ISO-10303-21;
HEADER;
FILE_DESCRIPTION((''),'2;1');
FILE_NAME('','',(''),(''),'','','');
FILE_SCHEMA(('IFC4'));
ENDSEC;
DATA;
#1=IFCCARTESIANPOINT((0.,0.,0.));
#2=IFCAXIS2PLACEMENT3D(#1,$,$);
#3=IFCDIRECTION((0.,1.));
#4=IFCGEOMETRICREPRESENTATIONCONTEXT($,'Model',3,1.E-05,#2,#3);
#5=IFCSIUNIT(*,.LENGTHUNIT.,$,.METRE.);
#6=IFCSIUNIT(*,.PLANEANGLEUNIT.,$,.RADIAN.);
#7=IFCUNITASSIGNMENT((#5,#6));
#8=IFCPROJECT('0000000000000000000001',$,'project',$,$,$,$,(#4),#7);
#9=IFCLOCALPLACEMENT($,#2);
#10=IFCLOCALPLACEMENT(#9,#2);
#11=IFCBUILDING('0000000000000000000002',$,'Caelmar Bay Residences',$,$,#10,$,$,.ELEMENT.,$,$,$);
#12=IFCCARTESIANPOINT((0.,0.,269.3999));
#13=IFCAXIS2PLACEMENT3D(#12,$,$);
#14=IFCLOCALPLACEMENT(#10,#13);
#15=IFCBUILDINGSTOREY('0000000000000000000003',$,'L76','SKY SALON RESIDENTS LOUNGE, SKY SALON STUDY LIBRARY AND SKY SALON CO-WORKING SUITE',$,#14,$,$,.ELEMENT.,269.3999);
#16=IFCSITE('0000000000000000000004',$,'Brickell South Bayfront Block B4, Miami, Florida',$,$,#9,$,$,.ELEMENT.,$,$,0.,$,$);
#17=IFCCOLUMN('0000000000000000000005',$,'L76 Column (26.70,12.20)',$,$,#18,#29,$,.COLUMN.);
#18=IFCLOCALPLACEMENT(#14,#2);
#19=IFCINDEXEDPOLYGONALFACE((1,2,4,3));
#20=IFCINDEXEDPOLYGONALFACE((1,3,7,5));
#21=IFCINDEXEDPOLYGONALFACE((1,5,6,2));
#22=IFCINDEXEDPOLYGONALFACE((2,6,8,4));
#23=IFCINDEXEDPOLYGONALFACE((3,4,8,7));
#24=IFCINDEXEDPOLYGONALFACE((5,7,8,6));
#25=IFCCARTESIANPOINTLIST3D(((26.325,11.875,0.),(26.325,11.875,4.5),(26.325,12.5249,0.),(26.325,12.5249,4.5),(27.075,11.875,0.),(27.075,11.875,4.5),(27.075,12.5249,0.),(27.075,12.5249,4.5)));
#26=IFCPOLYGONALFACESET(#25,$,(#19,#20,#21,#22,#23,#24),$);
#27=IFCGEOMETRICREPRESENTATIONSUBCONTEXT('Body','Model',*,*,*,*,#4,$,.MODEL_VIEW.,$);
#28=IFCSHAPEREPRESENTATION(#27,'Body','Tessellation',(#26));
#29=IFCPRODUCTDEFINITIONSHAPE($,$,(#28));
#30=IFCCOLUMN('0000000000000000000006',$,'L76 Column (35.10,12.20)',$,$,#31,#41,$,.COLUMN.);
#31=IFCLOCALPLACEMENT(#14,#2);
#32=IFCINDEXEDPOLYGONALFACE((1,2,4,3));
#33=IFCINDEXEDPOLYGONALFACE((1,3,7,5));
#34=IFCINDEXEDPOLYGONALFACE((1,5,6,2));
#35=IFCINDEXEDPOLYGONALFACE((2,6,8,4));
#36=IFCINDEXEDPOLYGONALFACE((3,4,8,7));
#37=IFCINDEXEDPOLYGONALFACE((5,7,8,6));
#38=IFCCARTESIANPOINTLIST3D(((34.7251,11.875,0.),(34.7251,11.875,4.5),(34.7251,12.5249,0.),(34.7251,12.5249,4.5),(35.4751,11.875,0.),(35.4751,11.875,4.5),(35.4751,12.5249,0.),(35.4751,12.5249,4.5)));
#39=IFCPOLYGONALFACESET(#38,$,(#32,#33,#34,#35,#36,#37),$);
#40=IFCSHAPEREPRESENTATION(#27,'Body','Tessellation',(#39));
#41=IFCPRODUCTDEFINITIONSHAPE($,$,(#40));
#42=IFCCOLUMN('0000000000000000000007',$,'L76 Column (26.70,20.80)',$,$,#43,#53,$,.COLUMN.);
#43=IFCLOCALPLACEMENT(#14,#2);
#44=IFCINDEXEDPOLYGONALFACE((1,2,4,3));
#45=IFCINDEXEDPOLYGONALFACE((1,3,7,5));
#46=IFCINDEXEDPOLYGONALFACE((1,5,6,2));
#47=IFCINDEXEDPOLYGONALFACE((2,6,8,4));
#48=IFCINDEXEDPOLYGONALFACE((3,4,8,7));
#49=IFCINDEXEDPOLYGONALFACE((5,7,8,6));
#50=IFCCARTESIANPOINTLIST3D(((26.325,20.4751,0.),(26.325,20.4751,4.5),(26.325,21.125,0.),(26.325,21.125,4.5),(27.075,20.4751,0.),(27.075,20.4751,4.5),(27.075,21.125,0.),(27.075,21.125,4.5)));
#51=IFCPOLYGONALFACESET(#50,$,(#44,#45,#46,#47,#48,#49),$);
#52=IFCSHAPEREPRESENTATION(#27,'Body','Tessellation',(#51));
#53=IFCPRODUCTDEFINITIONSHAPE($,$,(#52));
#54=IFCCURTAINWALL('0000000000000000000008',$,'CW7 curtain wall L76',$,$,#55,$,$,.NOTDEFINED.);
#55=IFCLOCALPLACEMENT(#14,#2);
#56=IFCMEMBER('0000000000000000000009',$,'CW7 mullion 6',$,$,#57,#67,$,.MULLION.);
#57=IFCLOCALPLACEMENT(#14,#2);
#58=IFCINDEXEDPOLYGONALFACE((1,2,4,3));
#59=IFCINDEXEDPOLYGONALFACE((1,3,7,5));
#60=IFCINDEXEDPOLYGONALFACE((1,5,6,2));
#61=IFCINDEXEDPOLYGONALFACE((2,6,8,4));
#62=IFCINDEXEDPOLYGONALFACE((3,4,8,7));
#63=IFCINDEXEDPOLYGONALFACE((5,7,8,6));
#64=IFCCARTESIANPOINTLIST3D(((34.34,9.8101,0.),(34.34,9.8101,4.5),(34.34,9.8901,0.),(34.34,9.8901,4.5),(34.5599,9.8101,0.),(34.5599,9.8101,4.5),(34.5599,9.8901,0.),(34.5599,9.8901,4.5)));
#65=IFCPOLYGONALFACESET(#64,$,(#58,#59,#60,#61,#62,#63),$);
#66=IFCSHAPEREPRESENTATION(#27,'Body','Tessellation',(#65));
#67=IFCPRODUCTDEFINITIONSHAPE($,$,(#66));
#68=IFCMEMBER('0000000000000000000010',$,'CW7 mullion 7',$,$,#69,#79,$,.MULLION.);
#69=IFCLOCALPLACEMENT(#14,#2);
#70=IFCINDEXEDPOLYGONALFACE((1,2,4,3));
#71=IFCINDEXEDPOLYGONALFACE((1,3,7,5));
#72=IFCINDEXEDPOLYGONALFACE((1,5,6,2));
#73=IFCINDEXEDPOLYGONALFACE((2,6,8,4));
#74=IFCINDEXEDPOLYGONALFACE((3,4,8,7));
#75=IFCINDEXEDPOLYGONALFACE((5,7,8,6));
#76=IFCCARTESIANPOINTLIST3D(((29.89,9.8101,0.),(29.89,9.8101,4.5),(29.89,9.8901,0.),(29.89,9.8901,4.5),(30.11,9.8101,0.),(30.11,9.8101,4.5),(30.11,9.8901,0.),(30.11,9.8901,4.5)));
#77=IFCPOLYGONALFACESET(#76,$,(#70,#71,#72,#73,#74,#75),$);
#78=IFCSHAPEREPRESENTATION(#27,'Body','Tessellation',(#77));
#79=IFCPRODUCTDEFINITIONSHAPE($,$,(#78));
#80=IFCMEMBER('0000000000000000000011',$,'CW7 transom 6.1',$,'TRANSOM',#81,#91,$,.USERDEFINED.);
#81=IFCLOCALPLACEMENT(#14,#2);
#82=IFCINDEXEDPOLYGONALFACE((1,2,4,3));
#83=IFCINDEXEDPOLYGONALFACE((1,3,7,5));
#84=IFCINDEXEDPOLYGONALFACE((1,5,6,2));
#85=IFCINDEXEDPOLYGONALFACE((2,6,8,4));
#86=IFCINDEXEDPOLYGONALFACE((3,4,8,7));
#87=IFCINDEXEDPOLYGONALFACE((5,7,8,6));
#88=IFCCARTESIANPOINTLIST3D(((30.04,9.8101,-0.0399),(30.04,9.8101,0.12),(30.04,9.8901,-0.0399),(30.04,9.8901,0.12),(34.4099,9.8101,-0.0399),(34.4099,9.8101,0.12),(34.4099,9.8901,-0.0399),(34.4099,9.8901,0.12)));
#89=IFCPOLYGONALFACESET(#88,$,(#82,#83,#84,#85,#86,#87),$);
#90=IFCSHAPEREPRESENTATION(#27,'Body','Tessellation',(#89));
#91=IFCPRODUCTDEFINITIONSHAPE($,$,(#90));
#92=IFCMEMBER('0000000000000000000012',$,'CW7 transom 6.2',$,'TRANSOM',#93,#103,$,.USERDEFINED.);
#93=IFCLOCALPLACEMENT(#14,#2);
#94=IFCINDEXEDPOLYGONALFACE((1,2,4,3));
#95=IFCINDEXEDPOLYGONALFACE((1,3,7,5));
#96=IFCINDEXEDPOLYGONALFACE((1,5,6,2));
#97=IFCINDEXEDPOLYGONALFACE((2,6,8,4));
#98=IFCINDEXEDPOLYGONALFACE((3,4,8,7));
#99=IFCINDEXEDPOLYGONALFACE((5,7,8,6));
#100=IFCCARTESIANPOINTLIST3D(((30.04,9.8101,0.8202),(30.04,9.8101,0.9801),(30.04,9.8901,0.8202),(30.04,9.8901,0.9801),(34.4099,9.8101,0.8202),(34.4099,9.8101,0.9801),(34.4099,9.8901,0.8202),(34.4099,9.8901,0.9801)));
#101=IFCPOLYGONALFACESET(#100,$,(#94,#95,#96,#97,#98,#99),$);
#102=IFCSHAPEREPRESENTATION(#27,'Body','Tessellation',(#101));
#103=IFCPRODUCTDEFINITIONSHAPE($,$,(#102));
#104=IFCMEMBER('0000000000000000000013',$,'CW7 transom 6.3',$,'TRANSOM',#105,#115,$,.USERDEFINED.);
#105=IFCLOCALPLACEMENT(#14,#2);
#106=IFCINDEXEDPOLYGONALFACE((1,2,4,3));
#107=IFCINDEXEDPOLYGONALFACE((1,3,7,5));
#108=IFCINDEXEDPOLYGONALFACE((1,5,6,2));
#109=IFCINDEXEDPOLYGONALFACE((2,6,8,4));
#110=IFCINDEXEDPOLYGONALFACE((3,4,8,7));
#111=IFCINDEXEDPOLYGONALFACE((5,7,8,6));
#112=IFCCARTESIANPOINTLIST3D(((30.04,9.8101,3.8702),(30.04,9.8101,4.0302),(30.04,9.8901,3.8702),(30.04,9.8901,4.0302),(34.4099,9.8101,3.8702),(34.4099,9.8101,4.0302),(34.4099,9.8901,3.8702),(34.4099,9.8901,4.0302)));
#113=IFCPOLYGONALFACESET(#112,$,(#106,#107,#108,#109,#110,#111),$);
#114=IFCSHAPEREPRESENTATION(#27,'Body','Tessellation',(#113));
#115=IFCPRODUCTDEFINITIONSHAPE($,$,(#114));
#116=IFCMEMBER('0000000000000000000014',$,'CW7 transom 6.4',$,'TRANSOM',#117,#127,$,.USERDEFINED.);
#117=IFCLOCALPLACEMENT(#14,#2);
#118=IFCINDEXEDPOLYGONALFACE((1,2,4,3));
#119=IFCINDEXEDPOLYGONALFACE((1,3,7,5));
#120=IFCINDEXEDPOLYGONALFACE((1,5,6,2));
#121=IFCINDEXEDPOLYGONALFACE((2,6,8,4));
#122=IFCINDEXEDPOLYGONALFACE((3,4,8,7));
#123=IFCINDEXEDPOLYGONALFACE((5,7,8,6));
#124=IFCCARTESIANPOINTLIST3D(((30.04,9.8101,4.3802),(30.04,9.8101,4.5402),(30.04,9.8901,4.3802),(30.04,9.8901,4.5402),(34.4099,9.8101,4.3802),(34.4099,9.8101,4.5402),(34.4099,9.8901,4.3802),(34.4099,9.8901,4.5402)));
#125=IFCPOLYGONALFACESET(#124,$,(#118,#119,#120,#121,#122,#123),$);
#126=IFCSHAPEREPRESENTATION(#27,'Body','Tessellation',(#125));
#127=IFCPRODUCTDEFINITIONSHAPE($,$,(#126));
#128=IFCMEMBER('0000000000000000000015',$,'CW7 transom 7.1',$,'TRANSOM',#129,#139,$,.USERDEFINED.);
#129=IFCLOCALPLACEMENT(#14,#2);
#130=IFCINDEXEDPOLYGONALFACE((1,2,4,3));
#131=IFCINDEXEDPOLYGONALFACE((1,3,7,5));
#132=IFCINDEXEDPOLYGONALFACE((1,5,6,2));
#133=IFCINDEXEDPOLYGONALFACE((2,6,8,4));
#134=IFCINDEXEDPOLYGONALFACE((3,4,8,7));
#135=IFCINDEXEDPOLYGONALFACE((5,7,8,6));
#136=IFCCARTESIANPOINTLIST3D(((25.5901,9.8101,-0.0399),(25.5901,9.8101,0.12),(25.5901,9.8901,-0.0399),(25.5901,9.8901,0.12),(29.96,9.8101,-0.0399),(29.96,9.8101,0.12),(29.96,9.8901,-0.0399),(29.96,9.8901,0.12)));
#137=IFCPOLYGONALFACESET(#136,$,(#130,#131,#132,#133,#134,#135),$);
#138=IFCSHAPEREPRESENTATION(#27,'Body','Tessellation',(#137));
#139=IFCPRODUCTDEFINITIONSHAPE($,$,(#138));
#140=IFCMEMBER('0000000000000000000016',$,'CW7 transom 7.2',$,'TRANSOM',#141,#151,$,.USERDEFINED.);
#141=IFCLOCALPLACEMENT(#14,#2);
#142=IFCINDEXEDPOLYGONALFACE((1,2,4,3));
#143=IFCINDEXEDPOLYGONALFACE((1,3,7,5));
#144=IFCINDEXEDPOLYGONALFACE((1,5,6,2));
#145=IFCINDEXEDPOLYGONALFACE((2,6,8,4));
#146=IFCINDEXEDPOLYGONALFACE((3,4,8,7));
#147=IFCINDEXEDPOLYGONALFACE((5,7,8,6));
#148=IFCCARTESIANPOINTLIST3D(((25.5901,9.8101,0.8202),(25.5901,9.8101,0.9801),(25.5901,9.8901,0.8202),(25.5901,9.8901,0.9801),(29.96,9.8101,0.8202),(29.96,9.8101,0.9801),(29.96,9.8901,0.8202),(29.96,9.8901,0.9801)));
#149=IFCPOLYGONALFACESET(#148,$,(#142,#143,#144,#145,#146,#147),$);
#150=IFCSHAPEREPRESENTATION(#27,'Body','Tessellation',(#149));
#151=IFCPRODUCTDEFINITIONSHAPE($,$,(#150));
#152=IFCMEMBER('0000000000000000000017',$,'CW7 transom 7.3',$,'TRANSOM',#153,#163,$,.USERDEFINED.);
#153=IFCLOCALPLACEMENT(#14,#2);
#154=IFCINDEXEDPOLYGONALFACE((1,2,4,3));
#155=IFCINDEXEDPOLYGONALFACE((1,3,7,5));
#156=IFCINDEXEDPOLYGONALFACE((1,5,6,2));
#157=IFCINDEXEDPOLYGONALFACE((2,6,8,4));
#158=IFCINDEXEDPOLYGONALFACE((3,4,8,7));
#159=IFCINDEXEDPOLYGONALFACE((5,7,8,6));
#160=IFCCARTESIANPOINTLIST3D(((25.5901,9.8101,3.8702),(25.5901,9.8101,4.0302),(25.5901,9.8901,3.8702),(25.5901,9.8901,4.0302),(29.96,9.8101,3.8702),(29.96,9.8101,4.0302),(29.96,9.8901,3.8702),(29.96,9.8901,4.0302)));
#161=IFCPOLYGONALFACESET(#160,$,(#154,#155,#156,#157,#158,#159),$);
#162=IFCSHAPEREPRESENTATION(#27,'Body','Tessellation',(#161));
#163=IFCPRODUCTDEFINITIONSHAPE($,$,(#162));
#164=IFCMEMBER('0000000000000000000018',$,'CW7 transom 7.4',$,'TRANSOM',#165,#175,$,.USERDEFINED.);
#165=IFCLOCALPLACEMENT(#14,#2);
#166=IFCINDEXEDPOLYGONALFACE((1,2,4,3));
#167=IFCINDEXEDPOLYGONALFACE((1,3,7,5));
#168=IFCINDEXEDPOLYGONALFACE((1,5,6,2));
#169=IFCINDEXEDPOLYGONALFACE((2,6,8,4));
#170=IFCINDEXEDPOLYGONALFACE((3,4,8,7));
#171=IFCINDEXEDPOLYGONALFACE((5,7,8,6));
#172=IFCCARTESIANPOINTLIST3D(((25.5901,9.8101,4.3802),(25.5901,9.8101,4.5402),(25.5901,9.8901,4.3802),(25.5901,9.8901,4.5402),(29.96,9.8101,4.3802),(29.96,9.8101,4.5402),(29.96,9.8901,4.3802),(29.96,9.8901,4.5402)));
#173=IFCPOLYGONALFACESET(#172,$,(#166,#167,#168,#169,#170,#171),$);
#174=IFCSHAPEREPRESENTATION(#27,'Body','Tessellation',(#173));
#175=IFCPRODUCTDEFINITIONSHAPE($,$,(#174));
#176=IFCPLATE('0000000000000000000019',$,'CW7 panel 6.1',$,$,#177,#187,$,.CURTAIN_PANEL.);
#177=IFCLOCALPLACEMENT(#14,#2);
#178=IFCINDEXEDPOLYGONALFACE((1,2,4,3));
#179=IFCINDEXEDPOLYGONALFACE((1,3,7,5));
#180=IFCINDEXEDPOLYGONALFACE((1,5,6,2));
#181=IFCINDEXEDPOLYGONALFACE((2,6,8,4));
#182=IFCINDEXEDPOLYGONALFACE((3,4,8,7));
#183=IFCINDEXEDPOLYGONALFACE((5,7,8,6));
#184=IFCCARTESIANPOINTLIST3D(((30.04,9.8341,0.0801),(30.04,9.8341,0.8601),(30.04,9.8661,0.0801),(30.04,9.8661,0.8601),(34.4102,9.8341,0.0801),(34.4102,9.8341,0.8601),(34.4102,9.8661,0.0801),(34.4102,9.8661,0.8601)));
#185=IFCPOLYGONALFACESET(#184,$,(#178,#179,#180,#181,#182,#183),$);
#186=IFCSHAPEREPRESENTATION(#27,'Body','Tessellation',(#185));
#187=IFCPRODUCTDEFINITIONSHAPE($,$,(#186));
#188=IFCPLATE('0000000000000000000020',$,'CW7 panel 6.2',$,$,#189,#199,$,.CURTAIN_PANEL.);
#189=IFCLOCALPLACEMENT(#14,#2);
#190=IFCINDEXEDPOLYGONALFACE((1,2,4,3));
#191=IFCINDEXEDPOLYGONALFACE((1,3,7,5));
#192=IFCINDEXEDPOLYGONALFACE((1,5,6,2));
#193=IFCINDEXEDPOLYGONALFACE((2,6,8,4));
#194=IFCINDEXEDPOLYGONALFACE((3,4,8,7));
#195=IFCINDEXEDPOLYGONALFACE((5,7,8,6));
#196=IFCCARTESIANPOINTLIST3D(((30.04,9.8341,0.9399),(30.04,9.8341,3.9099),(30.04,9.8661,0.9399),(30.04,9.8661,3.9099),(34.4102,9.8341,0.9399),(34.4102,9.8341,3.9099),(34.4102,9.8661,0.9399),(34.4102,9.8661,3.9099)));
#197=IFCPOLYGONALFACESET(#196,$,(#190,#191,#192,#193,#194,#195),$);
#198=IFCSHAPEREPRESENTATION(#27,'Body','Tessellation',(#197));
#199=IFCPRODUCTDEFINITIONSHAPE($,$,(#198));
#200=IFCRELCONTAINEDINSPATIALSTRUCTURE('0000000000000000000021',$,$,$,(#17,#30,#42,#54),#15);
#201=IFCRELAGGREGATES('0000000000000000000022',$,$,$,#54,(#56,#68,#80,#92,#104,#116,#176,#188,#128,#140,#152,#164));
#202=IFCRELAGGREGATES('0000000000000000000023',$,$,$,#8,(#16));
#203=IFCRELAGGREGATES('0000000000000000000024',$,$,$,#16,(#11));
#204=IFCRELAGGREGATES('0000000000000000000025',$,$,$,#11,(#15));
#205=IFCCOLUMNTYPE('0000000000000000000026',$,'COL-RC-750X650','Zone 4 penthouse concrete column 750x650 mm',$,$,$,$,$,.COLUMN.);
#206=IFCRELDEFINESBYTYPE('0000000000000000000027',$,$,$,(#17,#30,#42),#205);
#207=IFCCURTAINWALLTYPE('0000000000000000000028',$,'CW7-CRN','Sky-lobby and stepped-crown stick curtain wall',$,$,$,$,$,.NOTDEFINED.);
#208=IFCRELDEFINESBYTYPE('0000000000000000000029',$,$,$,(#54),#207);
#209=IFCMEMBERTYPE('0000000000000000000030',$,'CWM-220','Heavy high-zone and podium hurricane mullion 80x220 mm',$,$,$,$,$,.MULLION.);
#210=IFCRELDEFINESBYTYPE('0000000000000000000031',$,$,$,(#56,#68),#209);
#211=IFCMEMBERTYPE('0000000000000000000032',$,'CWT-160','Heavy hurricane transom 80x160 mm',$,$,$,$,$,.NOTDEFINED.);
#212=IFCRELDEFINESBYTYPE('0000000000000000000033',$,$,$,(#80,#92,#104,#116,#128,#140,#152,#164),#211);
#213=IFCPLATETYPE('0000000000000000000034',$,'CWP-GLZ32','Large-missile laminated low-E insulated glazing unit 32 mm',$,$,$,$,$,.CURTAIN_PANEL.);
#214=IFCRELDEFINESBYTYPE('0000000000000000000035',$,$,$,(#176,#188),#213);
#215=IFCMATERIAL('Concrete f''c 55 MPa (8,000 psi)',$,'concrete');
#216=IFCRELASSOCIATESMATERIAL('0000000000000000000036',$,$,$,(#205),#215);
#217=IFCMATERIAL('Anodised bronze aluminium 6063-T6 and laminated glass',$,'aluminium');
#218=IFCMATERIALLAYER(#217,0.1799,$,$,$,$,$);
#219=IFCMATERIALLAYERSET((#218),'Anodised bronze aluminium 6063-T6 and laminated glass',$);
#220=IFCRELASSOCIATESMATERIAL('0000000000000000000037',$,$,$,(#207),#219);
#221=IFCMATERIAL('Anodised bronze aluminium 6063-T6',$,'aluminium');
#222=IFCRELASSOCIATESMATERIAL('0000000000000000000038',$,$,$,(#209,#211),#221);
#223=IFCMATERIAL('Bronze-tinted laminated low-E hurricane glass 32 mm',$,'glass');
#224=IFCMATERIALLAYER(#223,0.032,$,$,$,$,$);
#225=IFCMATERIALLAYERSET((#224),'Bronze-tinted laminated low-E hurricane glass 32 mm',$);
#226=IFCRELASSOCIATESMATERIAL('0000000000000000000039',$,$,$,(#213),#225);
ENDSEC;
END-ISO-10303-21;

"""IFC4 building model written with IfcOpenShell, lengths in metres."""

from ifc_helpers import new_model, si_unit, direction, frame, origin, origin_2d, place, context, subcontext, project, spatial, rectangle, extrude, material, layer, layer_set, material_profile, profile_set, type_object, element, aggregate, save


model = new_model("IFC4")

# Units and contexts
model_context = context("Model", 3, precision=1e-05, world=origin(), true_north=direction((0.0, 1.0)))
body_context = subcontext(model_context, "Body", "Model", "MODEL_VIEW")
ifc_project = project(units=[si_unit("LENGTHUNIT", "METRE"), si_unit("PLANEANGLEUNIT", "RADIAN")], contexts=[model_context])

# Site, building, storey
site_placement = place(None, origin())
site = spatial("IfcSite", under=ifc_project, at=site_placement, Name="Brickell South Bayfront Block B4, Miami, Florida", CompositionType="ELEMENT", RefElevation=0.0)
building_placement = place(site_placement, origin())
building = spatial("IfcBuilding", under=site, at=building_placement, Name="Caelmar Bay Residences", CompositionType="ELEMENT")
storey_placement = place(building_placement, frame((0.0, 0.0, 269.3999)))
storey = spatial("IfcBuildingStorey", under=building, at=storey_placement, Name="L76", Description="SKY SALON RESIDENTS LOUNGE, SKY SALON STUDY LIBRARY AND SKY SALON CO-WORKING SUITE", CompositionType="ELEMENT", Elevation=269.3999)

# Columns
ifc_material_1 = material(Name="Concrete f'c 55 MPa (8,000 psi)", Category="concrete")
ifc_material_profile_1 = material_profile(ifc_material_1, rectangle(XDim=0.75, YDim=0.6499, at=origin_2d()), Name="RC-COL-750X650")
ifc_profile_set_1 = profile_set([ifc_material_profile_1], Name="Concrete f'c 55 MPa (8,000 psi)")
column_type = type_object("IfcColumnType", Name="COL-RC-750X650", Description="Zone 4 penthouse concrete column 750x650 mm", PredefinedType="COLUMN", material=ifc_profile_set_1)
for number, where, z_axis, x_axis, name in (
    (1, (26.7, 12.2, 0.0), (0.0, 0.0, 1.0), (1.0, 0.0, 0.0), "L76 Column (26.70,12.20)"),
    (2, (35.1001, 12.2, 0.0), (0.0, 0.0, 1.0), (1.0, 0.0, 0.0), "L76 Column (35.10,12.20)"),
    (3, (26.7, 20.8, 0.0), (0.0, 0.0, 1.0), (1.0, 0.0, 0.0), "L76 Column (26.70,20.80)"),
):
    element("IfcColumn", number, at=place(storey_placement, frame(where, z_axis=z_axis, x_axis=x_axis)), inside=storey, type_object=column_type, Name=name, PredefinedType="COLUMN", context=body_context, shape_type="SweptSolid", body=[
        extrude(rectangle(XDim=0.75, YDim=0.6499, at=origin_2d()), origin(), (0.0, 0.0, 1.0), 4.5),
    ])

# Curtain wall, members, plates
ifc_material_2 = material(Name="Anodised bronze aluminium 6063-T6 and laminated glass", Category="aluminium")
ifc_layer_1 = layer(ifc_material_2, 0.1799)
ifc_layer_set_1 = layer_set([ifc_layer_1], Name="Anodised bronze aluminium 6063-T6 and laminated glass")
curtain_wall_type = type_object("IfcCurtainWallType", Name="CW7-CRN", Description="Sky-lobby and stepped-crown stick curtain wall", PredefinedType="NOTDEFINED", material=ifc_layer_set_1)
curtain_wall_placement = place(storey_placement, origin())
curtain_wall = element("IfcCurtainWall", 4, at=curtain_wall_placement, inside=storey, type_object=curtain_wall_type, Name="CW7 curtain wall L76", PredefinedType="NOTDEFINED")
ifc_material_3 = material(Name="Anodised bronze aluminium 6063-T6", Category="aluminium")
ifc_material_profile_2 = material_profile(ifc_material_3, rectangle(XDim=0.0801, YDim=0.22, at=origin_2d()), Name="CWM-80X220")
ifc_profile_set_2 = profile_set([ifc_material_profile_2], Name="Anodised bronze aluminium 6063-T6")
member_type_1 = type_object("IfcMemberType", Name="CWM-220", Description="Heavy high-zone and podium hurricane mullion 80x220 mm", PredefinedType="MULLION", material=ifc_profile_set_2)
member_1_placement = place(storey_placement, frame((34.45, 9.8501, 0.0), z_axis=(0.0, 0.0, 1.0), x_axis=(0.0, -1.0, 0.0)))
member_1 = element("IfcMember", 5, at=member_1_placement, type_object=member_type_1, Name="CW7 mullion 6", PredefinedType="MULLION", context=body_context, shape_type="SweptSolid", body=[
    extrude(rectangle(XDim=0.0801, YDim=0.22, at=origin_2d()), origin(), (0.0, 0.0, 1.0), 4.5),
])
member_2_placement = place(storey_placement, frame((30.0, 9.8501, 0.0), z_axis=(0.0, 0.0, 1.0), x_axis=(0.0, -1.0, 0.0)))
member_2 = element("IfcMember", 6, at=member_2_placement, type_object=member_type_1, Name="CW7 mullion 7", PredefinedType="MULLION", context=body_context, shape_type="SweptSolid", body=[
    extrude(rectangle(XDim=0.0801, YDim=0.22, at=origin_2d()), origin(), (0.0, 0.0, 1.0), 4.5),
])
ifc_material_profile_3 = material_profile(ifc_material_3, rectangle(XDim=0.0801, YDim=0.1599, at=origin_2d()), Name="CWT-80X160")
ifc_profile_set_3 = profile_set([ifc_material_profile_3], Name="Anodised bronze aluminium 6063-T6")
member_type_2 = type_object("IfcMemberType", Name="CWT-160", Description="Heavy hurricane transom 80x160 mm", PredefinedType="NOTDEFINED", material=ifc_profile_set_3)
member_3_placement = place(storey_placement, frame((34.4099, 9.8501, 0.04), z_axis=(-1.0, 0.0, 0.0), x_axis=(0.0, -1.0, 0.0)))
member_3 = element("IfcMember", 7, at=member_3_placement, type_object=member_type_2, Name="CW7 transom 6.1", ObjectType="TRANSOM", PredefinedType="USERDEFINED", context=body_context, shape_type="SweptSolid", body=[
    extrude(rectangle(XDim=0.0801, YDim=0.1599, at=origin_2d()), origin(), (0.0, 0.0, 1.0), 4.3699),
])
member_4_placement = place(storey_placement, frame((34.4099, 9.8501, 0.9001), z_axis=(-1.0, 0.0, 0.0), x_axis=(0.0, -1.0, 0.0)))
member_4 = element("IfcMember", 8, at=member_4_placement, type_object=member_type_2, Name="CW7 transom 6.2", ObjectType="TRANSOM", PredefinedType="USERDEFINED", context=body_context, shape_type="SweptSolid", body=[
    extrude(rectangle(XDim=0.0801, YDim=0.1599, at=origin_2d()), origin(), (0.0, 0.0, 1.0), 4.3699),
])
member_5_placement = place(storey_placement, frame((34.4099, 9.8501, 3.9502), z_axis=(-1.0, 0.0, 0.0), x_axis=(0.0, -1.0, 0.0)))
member_5 = element("IfcMember", 9, at=member_5_placement, type_object=member_type_2, Name="CW7 transom 6.3", ObjectType="TRANSOM", PredefinedType="USERDEFINED", context=body_context, shape_type="SweptSolid", body=[
    extrude(rectangle(XDim=0.0801, YDim=0.1599, at=origin_2d()), origin(), (0.0, 0.0, 1.0), 4.3699),
])
member_6_placement = place(storey_placement, frame((34.4099, 9.8501, 4.4602), z_axis=(-1.0, 0.0, 0.0), x_axis=(0.0, -1.0, 0.0)))
member_6 = element("IfcMember", 10, at=member_6_placement, type_object=member_type_2, Name="CW7 transom 6.4", ObjectType="TRANSOM", PredefinedType="USERDEFINED", context=body_context, shape_type="SweptSolid", body=[
    extrude(rectangle(XDim=0.0801, YDim=0.1599, at=origin_2d()), origin(), (0.0, 0.0, 1.0), 4.3699),
])
member_7_placement = place(storey_placement, frame((29.96, 9.8501, 0.04), z_axis=(-1.0, 0.0, 0.0), x_axis=(0.0, -1.0, 0.0)))
member_7 = element("IfcMember", 11, at=member_7_placement, type_object=member_type_2, Name="CW7 transom 7.1", ObjectType="TRANSOM", PredefinedType="USERDEFINED", context=body_context, shape_type="SweptSolid", body=[
    extrude(rectangle(XDim=0.0801, YDim=0.1599, at=origin_2d()), origin(), (0.0, 0.0, 1.0), 4.3699),
])
member_8_placement = place(storey_placement, frame((29.96, 9.8501, 0.9001), z_axis=(-1.0, 0.0, 0.0), x_axis=(0.0, -1.0, 0.0)))
member_8 = element("IfcMember", 12, at=member_8_placement, type_object=member_type_2, Name="CW7 transom 7.2", ObjectType="TRANSOM", PredefinedType="USERDEFINED", context=body_context, shape_type="SweptSolid", body=[
    extrude(rectangle(XDim=0.0801, YDim=0.1599, at=origin_2d()), origin(), (0.0, 0.0, 1.0), 4.3699),
])
member_9_placement = place(storey_placement, frame((29.96, 9.8501, 3.9502), z_axis=(-1.0, 0.0, 0.0), x_axis=(0.0, -1.0, 0.0)))
member_9 = element("IfcMember", 13, at=member_9_placement, type_object=member_type_2, Name="CW7 transom 7.3", ObjectType="TRANSOM", PredefinedType="USERDEFINED", context=body_context, shape_type="SweptSolid", body=[
    extrude(rectangle(XDim=0.0801, YDim=0.1599, at=origin_2d()), origin(), (0.0, 0.0, 1.0), 4.3699),
])
member_10_placement = place(storey_placement, frame((29.96, 9.8501, 4.4602), z_axis=(-1.0, 0.0, 0.0), x_axis=(0.0, -1.0, 0.0)))
member_10 = element("IfcMember", 14, at=member_10_placement, type_object=member_type_2, Name="CW7 transom 7.4", ObjectType="TRANSOM", PredefinedType="USERDEFINED", context=body_context, shape_type="SweptSolid", body=[
    extrude(rectangle(XDim=0.0801, YDim=0.1599, at=origin_2d()), origin(), (0.0, 0.0, 1.0), 4.3699),
])
ifc_material_4 = material(Name="Bronze-tinted laminated low-E hurricane glass 32 mm", Category="glass")
ifc_layer_2 = layer(ifc_material_4, 0.032)
ifc_layer_set_2 = layer_set([ifc_layer_2], Name="Bronze-tinted laminated low-E hurricane glass 32 mm")
plate_type = type_object("IfcPlateType", Name="CWP-GLZ32", Description="Large-missile laminated low-E insulated glazing unit 32 mm", PredefinedType="CURTAIN_PANEL", material=ifc_layer_set_2)
plate_1_placement = place(storey_placement, frame((32.2251, 9.8501, 0.0801), z_axis=(0.0, 0.0, 1.0), x_axis=(-1.0, 0.0, 0.0)))
plate_1 = element("IfcPlate", 15, at=plate_1_placement, type_object=plate_type, Name="CW7 panel 6.1", PredefinedType="CURTAIN_PANEL", context=body_context, shape_type="SweptSolid", body=[
    extrude(rectangle(XDim=4.3701, YDim=0.032, at=origin_2d()), origin(), (0.0, 0.0, 1.0), 0.78),
])
plate_2_placement = place(storey_placement, frame((32.2251, 9.8501, 0.9399), z_axis=(0.0, 0.0, 1.0), x_axis=(-1.0, 0.0, 0.0)))
plate_2 = element("IfcPlate", 16, at=plate_2_placement, type_object=plate_type, Name="CW7 panel 6.2", PredefinedType="CURTAIN_PANEL", context=body_context, shape_type="SweptSolid", body=[
    extrude(rectangle(XDim=4.3701, YDim=0.032, at=origin_2d()), origin(), (0.0, 0.0, 1.0), 2.97),
])
aggregate(curtain_wall, [member_1, member_2, member_3, member_4, member_5, member_6, plate_1, plate_2, member_7, member_8, member_9, member_10])

save(model, "model.ifc")
